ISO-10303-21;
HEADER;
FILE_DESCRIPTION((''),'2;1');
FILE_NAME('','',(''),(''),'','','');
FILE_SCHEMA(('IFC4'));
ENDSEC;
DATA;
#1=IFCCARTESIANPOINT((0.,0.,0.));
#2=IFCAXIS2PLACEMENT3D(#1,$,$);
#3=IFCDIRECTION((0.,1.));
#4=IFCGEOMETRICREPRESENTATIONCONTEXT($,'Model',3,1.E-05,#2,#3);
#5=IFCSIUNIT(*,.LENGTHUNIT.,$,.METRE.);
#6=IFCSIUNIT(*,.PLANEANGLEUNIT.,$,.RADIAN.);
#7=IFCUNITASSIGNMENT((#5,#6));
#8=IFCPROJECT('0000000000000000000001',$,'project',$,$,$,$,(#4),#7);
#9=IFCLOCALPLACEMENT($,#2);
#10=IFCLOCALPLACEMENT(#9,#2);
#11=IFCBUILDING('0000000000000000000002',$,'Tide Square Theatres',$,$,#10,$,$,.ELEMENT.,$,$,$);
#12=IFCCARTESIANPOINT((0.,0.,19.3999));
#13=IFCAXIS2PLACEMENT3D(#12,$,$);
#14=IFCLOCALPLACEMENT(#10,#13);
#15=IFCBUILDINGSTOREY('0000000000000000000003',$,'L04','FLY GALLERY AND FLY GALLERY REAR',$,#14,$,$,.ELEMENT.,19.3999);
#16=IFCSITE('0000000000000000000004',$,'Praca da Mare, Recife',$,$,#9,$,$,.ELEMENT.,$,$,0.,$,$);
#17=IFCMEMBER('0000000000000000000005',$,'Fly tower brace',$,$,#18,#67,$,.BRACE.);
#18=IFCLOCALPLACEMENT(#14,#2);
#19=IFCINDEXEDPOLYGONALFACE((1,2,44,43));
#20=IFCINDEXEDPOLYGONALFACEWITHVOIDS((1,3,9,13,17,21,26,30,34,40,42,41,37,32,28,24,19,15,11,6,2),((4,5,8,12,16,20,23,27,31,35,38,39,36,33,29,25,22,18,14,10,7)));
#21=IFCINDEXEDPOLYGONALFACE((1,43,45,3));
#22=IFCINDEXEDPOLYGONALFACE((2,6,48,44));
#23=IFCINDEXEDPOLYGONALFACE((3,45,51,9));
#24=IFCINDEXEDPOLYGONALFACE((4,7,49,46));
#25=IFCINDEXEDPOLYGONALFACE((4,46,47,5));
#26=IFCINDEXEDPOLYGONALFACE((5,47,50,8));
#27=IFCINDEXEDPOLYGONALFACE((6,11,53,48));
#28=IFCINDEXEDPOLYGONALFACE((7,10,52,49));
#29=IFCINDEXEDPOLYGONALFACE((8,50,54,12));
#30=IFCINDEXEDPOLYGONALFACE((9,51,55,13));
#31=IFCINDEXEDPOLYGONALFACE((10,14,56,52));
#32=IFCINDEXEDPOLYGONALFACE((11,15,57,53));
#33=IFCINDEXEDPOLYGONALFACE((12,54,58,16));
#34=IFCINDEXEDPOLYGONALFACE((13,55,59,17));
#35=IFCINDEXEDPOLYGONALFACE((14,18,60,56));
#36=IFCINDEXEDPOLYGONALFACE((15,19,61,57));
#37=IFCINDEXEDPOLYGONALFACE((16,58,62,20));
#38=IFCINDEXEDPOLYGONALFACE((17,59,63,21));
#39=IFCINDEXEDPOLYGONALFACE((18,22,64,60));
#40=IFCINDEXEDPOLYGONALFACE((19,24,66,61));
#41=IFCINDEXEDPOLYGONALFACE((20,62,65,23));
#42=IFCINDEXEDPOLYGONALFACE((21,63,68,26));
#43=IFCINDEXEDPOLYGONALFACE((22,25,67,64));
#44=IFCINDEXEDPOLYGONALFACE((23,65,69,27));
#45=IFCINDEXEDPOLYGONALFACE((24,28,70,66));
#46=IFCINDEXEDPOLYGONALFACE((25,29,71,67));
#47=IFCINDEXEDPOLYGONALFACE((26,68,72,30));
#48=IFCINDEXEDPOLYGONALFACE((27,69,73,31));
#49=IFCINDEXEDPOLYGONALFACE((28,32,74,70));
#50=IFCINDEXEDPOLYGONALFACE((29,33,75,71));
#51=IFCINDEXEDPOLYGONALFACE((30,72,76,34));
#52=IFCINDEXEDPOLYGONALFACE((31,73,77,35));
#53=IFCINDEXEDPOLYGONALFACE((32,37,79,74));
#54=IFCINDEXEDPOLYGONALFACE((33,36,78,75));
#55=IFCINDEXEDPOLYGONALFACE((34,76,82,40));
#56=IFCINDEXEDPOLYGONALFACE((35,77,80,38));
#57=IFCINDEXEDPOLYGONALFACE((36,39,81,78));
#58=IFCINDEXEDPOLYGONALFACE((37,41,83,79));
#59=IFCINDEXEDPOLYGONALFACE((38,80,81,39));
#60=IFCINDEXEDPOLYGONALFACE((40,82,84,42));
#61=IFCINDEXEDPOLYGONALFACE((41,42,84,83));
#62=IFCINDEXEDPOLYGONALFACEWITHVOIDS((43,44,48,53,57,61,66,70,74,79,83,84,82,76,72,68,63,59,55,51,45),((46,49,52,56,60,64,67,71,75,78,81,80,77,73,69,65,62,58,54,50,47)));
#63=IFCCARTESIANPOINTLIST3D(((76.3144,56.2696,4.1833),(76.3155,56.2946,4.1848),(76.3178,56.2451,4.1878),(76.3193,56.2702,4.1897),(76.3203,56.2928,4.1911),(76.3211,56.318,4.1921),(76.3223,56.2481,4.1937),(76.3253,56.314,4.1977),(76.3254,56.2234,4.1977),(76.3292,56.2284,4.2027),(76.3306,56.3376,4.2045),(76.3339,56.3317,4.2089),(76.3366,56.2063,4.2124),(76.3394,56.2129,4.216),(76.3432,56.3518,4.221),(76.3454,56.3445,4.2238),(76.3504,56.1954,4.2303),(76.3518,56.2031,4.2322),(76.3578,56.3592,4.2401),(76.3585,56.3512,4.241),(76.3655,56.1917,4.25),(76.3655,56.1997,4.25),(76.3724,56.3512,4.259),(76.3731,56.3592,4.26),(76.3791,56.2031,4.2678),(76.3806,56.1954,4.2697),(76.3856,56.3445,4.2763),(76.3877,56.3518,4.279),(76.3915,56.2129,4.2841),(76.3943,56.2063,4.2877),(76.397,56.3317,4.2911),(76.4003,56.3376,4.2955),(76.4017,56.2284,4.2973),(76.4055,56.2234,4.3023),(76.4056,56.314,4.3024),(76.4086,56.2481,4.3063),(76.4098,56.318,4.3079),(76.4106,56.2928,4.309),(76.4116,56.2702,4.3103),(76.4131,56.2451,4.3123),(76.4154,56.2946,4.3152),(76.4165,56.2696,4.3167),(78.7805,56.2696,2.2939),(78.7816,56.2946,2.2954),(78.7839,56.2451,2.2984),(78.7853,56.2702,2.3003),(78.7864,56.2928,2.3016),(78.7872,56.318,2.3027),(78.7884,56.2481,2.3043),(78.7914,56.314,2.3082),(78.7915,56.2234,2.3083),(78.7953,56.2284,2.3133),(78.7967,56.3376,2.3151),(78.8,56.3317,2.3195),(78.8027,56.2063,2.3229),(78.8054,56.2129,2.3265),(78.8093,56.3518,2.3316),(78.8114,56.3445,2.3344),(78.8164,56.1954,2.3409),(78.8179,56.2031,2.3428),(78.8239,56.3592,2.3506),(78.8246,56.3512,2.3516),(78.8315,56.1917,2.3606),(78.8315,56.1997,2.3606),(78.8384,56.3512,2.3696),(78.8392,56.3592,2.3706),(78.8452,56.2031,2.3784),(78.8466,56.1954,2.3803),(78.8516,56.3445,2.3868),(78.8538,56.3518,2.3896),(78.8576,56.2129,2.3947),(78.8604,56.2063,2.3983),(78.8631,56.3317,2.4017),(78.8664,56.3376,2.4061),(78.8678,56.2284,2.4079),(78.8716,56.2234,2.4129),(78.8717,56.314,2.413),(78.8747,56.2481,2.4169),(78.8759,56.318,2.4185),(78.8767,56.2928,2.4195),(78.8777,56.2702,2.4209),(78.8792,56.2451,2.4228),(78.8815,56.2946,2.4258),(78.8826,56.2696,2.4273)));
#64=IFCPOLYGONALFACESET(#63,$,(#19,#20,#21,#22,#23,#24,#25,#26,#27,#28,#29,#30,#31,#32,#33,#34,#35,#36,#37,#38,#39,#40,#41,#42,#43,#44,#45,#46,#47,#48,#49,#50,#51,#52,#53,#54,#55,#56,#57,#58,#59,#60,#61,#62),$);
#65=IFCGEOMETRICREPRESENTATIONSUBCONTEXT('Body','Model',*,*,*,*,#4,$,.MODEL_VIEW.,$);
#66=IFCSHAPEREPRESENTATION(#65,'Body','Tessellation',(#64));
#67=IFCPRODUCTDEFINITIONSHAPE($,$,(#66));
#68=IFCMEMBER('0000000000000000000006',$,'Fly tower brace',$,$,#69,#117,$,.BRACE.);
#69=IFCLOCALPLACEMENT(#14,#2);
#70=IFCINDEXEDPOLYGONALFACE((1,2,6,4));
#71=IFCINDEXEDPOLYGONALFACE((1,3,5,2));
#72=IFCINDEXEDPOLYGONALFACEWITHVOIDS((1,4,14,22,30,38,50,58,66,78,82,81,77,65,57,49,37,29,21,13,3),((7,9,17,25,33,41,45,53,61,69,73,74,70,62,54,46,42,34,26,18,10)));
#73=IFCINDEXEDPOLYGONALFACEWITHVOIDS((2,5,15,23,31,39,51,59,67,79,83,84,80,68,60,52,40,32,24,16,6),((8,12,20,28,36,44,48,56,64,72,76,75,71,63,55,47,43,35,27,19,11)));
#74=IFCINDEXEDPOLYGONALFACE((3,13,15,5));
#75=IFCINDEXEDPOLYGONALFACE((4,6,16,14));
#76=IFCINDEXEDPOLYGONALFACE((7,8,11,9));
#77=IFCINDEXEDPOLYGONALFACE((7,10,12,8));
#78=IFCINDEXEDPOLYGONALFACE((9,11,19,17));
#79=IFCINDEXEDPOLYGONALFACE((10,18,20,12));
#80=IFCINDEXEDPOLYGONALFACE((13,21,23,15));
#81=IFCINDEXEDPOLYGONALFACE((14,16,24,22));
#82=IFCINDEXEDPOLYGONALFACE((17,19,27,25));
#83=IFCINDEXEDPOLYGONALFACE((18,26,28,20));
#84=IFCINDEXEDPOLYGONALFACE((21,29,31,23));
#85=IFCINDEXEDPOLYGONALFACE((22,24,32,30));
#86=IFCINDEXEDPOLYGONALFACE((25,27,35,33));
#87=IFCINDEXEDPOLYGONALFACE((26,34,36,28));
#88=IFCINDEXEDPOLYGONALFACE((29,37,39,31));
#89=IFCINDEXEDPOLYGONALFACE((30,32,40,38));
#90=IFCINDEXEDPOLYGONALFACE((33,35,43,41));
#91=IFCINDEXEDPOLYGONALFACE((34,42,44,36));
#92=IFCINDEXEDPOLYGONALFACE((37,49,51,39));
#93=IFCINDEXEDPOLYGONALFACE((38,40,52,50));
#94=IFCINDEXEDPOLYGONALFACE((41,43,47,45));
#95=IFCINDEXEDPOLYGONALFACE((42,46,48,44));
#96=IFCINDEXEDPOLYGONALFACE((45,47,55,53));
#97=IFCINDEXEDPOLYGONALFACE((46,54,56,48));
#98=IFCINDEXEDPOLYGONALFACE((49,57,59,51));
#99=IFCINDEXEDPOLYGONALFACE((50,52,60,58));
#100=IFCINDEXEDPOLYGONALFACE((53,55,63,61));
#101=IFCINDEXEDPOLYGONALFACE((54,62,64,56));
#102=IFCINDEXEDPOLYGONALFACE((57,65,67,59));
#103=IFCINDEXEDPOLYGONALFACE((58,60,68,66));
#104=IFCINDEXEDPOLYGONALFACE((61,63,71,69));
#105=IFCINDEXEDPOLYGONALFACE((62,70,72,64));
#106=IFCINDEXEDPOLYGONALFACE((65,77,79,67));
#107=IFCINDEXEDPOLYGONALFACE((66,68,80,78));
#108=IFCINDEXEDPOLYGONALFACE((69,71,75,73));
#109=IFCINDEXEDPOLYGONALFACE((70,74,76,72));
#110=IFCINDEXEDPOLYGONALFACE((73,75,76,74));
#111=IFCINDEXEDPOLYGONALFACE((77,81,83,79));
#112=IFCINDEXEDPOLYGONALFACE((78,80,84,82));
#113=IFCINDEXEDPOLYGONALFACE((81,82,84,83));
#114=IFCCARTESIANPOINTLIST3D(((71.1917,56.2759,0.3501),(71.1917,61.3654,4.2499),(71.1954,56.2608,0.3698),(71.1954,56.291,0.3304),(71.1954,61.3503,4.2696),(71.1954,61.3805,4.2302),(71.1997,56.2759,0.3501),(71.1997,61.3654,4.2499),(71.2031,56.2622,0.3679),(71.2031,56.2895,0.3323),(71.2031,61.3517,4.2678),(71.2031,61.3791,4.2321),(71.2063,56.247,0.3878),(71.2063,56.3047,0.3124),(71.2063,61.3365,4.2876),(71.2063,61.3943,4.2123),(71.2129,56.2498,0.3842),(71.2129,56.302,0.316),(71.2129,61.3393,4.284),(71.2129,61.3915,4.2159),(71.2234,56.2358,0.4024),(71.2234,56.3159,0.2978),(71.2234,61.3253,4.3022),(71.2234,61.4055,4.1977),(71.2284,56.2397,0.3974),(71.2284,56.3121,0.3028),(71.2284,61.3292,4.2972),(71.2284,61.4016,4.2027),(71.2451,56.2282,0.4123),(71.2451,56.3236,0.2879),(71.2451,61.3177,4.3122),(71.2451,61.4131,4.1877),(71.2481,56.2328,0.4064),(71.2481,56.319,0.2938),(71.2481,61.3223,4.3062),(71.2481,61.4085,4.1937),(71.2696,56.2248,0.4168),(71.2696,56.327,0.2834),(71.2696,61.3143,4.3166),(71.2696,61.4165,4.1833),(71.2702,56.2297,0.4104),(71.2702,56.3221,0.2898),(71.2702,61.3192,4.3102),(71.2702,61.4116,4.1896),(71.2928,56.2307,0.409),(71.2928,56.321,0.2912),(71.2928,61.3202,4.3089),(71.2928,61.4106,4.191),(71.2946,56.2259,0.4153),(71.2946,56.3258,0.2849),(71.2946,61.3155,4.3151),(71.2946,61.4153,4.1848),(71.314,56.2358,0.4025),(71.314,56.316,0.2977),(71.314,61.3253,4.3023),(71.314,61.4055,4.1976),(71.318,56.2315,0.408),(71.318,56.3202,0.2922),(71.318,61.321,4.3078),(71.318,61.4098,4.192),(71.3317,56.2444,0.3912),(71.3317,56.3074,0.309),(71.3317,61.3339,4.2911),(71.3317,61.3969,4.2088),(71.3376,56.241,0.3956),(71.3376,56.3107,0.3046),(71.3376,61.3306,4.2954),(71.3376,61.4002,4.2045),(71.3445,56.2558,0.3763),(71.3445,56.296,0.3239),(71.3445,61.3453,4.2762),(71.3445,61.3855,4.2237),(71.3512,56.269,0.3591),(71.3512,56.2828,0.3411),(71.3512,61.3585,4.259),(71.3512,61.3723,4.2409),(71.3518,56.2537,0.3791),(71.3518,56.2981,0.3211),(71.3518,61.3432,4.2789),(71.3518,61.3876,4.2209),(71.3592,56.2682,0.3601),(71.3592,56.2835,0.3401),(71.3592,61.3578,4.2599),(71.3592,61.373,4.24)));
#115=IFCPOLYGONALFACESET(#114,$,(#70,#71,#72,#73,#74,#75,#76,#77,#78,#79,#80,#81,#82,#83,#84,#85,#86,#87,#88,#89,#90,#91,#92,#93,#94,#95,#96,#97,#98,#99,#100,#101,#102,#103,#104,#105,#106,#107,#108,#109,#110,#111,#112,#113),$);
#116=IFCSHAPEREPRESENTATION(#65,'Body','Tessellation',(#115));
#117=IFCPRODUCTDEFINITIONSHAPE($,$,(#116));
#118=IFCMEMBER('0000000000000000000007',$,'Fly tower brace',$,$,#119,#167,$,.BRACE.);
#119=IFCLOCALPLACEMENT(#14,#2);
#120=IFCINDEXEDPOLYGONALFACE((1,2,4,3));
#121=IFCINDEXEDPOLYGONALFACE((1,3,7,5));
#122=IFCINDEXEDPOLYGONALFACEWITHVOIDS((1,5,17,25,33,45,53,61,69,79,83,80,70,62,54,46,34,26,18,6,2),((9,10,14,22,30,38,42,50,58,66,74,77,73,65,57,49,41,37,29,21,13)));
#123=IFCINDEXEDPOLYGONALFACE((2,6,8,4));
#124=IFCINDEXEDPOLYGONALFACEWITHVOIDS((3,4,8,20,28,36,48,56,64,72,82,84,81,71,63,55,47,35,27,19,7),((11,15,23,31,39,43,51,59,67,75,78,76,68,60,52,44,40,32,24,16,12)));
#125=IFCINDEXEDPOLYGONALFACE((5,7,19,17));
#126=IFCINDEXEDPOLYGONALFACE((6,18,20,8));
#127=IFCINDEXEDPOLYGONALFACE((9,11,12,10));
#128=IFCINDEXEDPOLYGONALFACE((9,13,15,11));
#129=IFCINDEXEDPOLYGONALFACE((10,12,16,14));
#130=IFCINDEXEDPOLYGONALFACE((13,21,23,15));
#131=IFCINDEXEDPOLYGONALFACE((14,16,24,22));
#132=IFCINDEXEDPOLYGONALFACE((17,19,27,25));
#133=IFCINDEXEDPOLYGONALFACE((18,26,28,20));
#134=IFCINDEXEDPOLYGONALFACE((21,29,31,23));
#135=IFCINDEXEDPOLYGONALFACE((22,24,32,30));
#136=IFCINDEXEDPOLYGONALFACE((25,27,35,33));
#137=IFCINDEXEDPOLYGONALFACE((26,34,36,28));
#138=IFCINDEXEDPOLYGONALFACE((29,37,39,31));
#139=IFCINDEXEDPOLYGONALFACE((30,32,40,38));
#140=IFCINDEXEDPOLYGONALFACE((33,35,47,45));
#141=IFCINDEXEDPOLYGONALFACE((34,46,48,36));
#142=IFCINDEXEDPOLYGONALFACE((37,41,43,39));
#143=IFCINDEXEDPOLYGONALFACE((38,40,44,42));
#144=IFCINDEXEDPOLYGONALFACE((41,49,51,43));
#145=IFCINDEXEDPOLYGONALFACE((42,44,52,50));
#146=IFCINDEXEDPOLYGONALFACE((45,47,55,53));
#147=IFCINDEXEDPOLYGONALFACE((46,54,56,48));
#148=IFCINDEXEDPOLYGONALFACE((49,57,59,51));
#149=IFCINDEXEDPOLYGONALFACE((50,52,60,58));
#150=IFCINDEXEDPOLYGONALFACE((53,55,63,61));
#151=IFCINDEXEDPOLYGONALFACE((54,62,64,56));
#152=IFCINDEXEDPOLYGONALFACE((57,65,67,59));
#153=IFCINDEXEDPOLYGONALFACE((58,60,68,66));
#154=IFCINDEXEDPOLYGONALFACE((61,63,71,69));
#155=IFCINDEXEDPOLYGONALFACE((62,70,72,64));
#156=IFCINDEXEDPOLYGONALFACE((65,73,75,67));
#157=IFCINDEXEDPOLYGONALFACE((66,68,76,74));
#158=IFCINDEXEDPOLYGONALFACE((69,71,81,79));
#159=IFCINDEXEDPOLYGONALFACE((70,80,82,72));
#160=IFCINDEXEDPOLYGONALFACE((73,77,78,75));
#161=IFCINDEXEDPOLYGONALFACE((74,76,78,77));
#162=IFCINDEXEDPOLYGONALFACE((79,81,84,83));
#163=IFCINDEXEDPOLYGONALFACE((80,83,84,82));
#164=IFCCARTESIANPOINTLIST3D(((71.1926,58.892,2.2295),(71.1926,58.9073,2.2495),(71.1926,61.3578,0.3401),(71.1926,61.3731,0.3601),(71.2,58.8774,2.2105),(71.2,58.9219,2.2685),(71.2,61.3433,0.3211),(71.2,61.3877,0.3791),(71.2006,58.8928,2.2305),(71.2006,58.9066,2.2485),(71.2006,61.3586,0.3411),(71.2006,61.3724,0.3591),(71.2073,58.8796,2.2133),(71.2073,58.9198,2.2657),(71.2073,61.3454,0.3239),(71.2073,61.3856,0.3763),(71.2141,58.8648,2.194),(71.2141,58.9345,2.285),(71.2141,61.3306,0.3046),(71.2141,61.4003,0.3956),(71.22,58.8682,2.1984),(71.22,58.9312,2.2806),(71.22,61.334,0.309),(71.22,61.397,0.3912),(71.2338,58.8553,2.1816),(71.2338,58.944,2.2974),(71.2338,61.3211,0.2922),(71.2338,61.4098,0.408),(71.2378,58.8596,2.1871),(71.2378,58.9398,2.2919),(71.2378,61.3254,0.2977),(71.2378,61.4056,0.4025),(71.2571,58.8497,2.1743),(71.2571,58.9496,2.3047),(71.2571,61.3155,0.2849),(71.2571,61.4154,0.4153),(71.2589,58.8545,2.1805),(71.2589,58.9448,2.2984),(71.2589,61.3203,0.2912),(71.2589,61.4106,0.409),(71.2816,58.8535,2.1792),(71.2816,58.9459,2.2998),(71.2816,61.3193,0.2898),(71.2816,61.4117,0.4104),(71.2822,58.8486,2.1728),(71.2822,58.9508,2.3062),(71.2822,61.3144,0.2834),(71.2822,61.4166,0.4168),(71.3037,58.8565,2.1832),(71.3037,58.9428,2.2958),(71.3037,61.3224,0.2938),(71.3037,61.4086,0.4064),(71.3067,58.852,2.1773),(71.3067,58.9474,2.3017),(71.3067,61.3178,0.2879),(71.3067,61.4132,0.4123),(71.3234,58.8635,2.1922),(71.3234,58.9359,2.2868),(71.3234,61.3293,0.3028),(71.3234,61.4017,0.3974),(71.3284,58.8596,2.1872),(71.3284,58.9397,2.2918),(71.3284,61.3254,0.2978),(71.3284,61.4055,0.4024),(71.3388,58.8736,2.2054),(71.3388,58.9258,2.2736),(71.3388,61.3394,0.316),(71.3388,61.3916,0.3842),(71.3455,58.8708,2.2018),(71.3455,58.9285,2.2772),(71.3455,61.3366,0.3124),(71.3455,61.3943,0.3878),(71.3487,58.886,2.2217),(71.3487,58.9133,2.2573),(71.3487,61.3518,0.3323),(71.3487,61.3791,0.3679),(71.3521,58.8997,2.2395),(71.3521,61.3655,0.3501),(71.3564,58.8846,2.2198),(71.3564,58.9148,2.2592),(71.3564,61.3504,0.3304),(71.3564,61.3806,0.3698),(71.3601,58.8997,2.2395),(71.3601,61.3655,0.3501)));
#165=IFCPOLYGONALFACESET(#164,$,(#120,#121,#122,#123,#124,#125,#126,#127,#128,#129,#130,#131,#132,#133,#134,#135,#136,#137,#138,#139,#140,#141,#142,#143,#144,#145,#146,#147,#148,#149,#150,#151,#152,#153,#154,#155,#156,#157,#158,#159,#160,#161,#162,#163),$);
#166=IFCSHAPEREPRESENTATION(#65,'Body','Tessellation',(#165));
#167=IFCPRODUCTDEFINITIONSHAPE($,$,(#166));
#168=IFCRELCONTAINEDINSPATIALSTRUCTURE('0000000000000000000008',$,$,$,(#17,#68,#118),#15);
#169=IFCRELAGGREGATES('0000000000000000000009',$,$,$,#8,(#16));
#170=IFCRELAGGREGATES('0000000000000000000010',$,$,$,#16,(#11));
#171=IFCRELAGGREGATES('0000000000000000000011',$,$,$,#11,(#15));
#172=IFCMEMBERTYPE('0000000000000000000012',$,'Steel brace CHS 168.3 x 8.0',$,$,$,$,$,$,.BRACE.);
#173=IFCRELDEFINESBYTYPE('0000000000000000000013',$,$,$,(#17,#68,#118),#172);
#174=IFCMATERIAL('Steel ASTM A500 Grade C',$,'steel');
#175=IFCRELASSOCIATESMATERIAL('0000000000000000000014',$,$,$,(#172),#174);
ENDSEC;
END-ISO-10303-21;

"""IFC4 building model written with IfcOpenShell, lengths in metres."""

from ifc_helpers import new_model, si_unit, direction, frame, origin, origin_2d, place, context, subcontext, project, spatial, hollow_circle, extrude, material, material_profile, profile_set, type_object, element, save


model = new_model("IFC4")

# Units and contexts
model_context = context("Model", 3, precision=1e-05, world=origin(), true_north=direction((0.0, 1.0)))
body_context = subcontext(model_context, "Body", "Model", "MODEL_VIEW")
ifc_project = project(units=[si_unit("LENGTHUNIT", "METRE"), si_unit("PLANEANGLEUNIT", "RADIAN")], contexts=[model_context])

# Site, building, storey
site_placement = place(None, origin())
site = spatial("IfcSite", under=ifc_project, at=site_placement, Name="Praca da Mare, Recife", CompositionType="ELEMENT", RefElevation=0.0)
building_placement = place(site_placement, origin())
building = spatial("IfcBuilding", under=site, at=building_placement, Name="Tide Square Theatres", CompositionType="ELEMENT")
storey_placement = place(building_placement, frame((0.0, 0.0, 19.3999)))
storey = spatial("IfcBuildingStorey", under=building, at=storey_placement, Name="L04", Description="FLY GALLERY AND FLY GALLERY REAR", CompositionType="ELEMENT", Elevation=19.3999)

# Members
ifc_material_1 = material(Name="Steel ASTM A500 Grade C", Category="steel")
ifc_material_profile_1 = material_profile(ifc_material_1, hollow_circle(Radius=0.0842, WallThickness=0.0081, at=origin_2d()))
ifc_profile_set_1 = profile_set([ifc_material_profile_1], Name="Steel ASTM A500 Grade C")
member_type = type_object("IfcMemberType", Name="Steel brace CHS 168.3 x 8.0", PredefinedType="BRACE", material=ifc_profile_set_1)
member_1_placement = place(storey_placement, frame((78.8315, 56.2759, 2.3606), z_axis=(-0.7938, 0.0, 0.608179), x_axis=(0.0, -1.0, 0.0)))
element("IfcMember", 1, at=member_1_placement, inside=storey, type_object=member_type, Name="Fly tower brace", PredefinedType="BRACE", context=body_context, shape_type="SweptSolid", body=[
    extrude(hollow_circle(Radius=0.0842, WallThickness=0.0081, at=origin_2d()), origin(), (0.0, 0.0, 1.0), 3.1067),
])
member_2_placement = place(storey_placement, frame((71.2759, 56.2759, 0.3501), z_axis=(0.0, 0.793766, 0.608223), x_axis=(-1.0, 0.0, 0.0)))
element("IfcMember", 2, at=member_2_placement, inside=storey, type_object=member_type, Name="Fly tower brace", PredefinedType="BRACE", context=body_context, shape_type="SweptSolid", body=[
    extrude(hollow_circle(Radius=0.0842, WallThickness=0.0081, at=origin_2d()), origin(), (0.0, 0.0, 1.0), 6.4119),
])
member_3_placement = place(storey_placement, frame((71.2759, 61.3655, 0.3501), z_axis=(0.0, -0.793771, 0.608217), x_axis=(1.0, 0.0, 0.0)))
element("IfcMember", 3, at=member_3_placement, inside=storey, type_object=member_type, Name="Fly tower brace", PredefinedType="BRACE", context=body_context, shape_type="SweptSolid", body=[
    extrude(hollow_circle(Radius=0.0842, WallThickness=0.0081, at=origin_2d()), origin(), (0.0, 0.0, 1.0), 3.1064),
])

save(model, "model.ifc")
